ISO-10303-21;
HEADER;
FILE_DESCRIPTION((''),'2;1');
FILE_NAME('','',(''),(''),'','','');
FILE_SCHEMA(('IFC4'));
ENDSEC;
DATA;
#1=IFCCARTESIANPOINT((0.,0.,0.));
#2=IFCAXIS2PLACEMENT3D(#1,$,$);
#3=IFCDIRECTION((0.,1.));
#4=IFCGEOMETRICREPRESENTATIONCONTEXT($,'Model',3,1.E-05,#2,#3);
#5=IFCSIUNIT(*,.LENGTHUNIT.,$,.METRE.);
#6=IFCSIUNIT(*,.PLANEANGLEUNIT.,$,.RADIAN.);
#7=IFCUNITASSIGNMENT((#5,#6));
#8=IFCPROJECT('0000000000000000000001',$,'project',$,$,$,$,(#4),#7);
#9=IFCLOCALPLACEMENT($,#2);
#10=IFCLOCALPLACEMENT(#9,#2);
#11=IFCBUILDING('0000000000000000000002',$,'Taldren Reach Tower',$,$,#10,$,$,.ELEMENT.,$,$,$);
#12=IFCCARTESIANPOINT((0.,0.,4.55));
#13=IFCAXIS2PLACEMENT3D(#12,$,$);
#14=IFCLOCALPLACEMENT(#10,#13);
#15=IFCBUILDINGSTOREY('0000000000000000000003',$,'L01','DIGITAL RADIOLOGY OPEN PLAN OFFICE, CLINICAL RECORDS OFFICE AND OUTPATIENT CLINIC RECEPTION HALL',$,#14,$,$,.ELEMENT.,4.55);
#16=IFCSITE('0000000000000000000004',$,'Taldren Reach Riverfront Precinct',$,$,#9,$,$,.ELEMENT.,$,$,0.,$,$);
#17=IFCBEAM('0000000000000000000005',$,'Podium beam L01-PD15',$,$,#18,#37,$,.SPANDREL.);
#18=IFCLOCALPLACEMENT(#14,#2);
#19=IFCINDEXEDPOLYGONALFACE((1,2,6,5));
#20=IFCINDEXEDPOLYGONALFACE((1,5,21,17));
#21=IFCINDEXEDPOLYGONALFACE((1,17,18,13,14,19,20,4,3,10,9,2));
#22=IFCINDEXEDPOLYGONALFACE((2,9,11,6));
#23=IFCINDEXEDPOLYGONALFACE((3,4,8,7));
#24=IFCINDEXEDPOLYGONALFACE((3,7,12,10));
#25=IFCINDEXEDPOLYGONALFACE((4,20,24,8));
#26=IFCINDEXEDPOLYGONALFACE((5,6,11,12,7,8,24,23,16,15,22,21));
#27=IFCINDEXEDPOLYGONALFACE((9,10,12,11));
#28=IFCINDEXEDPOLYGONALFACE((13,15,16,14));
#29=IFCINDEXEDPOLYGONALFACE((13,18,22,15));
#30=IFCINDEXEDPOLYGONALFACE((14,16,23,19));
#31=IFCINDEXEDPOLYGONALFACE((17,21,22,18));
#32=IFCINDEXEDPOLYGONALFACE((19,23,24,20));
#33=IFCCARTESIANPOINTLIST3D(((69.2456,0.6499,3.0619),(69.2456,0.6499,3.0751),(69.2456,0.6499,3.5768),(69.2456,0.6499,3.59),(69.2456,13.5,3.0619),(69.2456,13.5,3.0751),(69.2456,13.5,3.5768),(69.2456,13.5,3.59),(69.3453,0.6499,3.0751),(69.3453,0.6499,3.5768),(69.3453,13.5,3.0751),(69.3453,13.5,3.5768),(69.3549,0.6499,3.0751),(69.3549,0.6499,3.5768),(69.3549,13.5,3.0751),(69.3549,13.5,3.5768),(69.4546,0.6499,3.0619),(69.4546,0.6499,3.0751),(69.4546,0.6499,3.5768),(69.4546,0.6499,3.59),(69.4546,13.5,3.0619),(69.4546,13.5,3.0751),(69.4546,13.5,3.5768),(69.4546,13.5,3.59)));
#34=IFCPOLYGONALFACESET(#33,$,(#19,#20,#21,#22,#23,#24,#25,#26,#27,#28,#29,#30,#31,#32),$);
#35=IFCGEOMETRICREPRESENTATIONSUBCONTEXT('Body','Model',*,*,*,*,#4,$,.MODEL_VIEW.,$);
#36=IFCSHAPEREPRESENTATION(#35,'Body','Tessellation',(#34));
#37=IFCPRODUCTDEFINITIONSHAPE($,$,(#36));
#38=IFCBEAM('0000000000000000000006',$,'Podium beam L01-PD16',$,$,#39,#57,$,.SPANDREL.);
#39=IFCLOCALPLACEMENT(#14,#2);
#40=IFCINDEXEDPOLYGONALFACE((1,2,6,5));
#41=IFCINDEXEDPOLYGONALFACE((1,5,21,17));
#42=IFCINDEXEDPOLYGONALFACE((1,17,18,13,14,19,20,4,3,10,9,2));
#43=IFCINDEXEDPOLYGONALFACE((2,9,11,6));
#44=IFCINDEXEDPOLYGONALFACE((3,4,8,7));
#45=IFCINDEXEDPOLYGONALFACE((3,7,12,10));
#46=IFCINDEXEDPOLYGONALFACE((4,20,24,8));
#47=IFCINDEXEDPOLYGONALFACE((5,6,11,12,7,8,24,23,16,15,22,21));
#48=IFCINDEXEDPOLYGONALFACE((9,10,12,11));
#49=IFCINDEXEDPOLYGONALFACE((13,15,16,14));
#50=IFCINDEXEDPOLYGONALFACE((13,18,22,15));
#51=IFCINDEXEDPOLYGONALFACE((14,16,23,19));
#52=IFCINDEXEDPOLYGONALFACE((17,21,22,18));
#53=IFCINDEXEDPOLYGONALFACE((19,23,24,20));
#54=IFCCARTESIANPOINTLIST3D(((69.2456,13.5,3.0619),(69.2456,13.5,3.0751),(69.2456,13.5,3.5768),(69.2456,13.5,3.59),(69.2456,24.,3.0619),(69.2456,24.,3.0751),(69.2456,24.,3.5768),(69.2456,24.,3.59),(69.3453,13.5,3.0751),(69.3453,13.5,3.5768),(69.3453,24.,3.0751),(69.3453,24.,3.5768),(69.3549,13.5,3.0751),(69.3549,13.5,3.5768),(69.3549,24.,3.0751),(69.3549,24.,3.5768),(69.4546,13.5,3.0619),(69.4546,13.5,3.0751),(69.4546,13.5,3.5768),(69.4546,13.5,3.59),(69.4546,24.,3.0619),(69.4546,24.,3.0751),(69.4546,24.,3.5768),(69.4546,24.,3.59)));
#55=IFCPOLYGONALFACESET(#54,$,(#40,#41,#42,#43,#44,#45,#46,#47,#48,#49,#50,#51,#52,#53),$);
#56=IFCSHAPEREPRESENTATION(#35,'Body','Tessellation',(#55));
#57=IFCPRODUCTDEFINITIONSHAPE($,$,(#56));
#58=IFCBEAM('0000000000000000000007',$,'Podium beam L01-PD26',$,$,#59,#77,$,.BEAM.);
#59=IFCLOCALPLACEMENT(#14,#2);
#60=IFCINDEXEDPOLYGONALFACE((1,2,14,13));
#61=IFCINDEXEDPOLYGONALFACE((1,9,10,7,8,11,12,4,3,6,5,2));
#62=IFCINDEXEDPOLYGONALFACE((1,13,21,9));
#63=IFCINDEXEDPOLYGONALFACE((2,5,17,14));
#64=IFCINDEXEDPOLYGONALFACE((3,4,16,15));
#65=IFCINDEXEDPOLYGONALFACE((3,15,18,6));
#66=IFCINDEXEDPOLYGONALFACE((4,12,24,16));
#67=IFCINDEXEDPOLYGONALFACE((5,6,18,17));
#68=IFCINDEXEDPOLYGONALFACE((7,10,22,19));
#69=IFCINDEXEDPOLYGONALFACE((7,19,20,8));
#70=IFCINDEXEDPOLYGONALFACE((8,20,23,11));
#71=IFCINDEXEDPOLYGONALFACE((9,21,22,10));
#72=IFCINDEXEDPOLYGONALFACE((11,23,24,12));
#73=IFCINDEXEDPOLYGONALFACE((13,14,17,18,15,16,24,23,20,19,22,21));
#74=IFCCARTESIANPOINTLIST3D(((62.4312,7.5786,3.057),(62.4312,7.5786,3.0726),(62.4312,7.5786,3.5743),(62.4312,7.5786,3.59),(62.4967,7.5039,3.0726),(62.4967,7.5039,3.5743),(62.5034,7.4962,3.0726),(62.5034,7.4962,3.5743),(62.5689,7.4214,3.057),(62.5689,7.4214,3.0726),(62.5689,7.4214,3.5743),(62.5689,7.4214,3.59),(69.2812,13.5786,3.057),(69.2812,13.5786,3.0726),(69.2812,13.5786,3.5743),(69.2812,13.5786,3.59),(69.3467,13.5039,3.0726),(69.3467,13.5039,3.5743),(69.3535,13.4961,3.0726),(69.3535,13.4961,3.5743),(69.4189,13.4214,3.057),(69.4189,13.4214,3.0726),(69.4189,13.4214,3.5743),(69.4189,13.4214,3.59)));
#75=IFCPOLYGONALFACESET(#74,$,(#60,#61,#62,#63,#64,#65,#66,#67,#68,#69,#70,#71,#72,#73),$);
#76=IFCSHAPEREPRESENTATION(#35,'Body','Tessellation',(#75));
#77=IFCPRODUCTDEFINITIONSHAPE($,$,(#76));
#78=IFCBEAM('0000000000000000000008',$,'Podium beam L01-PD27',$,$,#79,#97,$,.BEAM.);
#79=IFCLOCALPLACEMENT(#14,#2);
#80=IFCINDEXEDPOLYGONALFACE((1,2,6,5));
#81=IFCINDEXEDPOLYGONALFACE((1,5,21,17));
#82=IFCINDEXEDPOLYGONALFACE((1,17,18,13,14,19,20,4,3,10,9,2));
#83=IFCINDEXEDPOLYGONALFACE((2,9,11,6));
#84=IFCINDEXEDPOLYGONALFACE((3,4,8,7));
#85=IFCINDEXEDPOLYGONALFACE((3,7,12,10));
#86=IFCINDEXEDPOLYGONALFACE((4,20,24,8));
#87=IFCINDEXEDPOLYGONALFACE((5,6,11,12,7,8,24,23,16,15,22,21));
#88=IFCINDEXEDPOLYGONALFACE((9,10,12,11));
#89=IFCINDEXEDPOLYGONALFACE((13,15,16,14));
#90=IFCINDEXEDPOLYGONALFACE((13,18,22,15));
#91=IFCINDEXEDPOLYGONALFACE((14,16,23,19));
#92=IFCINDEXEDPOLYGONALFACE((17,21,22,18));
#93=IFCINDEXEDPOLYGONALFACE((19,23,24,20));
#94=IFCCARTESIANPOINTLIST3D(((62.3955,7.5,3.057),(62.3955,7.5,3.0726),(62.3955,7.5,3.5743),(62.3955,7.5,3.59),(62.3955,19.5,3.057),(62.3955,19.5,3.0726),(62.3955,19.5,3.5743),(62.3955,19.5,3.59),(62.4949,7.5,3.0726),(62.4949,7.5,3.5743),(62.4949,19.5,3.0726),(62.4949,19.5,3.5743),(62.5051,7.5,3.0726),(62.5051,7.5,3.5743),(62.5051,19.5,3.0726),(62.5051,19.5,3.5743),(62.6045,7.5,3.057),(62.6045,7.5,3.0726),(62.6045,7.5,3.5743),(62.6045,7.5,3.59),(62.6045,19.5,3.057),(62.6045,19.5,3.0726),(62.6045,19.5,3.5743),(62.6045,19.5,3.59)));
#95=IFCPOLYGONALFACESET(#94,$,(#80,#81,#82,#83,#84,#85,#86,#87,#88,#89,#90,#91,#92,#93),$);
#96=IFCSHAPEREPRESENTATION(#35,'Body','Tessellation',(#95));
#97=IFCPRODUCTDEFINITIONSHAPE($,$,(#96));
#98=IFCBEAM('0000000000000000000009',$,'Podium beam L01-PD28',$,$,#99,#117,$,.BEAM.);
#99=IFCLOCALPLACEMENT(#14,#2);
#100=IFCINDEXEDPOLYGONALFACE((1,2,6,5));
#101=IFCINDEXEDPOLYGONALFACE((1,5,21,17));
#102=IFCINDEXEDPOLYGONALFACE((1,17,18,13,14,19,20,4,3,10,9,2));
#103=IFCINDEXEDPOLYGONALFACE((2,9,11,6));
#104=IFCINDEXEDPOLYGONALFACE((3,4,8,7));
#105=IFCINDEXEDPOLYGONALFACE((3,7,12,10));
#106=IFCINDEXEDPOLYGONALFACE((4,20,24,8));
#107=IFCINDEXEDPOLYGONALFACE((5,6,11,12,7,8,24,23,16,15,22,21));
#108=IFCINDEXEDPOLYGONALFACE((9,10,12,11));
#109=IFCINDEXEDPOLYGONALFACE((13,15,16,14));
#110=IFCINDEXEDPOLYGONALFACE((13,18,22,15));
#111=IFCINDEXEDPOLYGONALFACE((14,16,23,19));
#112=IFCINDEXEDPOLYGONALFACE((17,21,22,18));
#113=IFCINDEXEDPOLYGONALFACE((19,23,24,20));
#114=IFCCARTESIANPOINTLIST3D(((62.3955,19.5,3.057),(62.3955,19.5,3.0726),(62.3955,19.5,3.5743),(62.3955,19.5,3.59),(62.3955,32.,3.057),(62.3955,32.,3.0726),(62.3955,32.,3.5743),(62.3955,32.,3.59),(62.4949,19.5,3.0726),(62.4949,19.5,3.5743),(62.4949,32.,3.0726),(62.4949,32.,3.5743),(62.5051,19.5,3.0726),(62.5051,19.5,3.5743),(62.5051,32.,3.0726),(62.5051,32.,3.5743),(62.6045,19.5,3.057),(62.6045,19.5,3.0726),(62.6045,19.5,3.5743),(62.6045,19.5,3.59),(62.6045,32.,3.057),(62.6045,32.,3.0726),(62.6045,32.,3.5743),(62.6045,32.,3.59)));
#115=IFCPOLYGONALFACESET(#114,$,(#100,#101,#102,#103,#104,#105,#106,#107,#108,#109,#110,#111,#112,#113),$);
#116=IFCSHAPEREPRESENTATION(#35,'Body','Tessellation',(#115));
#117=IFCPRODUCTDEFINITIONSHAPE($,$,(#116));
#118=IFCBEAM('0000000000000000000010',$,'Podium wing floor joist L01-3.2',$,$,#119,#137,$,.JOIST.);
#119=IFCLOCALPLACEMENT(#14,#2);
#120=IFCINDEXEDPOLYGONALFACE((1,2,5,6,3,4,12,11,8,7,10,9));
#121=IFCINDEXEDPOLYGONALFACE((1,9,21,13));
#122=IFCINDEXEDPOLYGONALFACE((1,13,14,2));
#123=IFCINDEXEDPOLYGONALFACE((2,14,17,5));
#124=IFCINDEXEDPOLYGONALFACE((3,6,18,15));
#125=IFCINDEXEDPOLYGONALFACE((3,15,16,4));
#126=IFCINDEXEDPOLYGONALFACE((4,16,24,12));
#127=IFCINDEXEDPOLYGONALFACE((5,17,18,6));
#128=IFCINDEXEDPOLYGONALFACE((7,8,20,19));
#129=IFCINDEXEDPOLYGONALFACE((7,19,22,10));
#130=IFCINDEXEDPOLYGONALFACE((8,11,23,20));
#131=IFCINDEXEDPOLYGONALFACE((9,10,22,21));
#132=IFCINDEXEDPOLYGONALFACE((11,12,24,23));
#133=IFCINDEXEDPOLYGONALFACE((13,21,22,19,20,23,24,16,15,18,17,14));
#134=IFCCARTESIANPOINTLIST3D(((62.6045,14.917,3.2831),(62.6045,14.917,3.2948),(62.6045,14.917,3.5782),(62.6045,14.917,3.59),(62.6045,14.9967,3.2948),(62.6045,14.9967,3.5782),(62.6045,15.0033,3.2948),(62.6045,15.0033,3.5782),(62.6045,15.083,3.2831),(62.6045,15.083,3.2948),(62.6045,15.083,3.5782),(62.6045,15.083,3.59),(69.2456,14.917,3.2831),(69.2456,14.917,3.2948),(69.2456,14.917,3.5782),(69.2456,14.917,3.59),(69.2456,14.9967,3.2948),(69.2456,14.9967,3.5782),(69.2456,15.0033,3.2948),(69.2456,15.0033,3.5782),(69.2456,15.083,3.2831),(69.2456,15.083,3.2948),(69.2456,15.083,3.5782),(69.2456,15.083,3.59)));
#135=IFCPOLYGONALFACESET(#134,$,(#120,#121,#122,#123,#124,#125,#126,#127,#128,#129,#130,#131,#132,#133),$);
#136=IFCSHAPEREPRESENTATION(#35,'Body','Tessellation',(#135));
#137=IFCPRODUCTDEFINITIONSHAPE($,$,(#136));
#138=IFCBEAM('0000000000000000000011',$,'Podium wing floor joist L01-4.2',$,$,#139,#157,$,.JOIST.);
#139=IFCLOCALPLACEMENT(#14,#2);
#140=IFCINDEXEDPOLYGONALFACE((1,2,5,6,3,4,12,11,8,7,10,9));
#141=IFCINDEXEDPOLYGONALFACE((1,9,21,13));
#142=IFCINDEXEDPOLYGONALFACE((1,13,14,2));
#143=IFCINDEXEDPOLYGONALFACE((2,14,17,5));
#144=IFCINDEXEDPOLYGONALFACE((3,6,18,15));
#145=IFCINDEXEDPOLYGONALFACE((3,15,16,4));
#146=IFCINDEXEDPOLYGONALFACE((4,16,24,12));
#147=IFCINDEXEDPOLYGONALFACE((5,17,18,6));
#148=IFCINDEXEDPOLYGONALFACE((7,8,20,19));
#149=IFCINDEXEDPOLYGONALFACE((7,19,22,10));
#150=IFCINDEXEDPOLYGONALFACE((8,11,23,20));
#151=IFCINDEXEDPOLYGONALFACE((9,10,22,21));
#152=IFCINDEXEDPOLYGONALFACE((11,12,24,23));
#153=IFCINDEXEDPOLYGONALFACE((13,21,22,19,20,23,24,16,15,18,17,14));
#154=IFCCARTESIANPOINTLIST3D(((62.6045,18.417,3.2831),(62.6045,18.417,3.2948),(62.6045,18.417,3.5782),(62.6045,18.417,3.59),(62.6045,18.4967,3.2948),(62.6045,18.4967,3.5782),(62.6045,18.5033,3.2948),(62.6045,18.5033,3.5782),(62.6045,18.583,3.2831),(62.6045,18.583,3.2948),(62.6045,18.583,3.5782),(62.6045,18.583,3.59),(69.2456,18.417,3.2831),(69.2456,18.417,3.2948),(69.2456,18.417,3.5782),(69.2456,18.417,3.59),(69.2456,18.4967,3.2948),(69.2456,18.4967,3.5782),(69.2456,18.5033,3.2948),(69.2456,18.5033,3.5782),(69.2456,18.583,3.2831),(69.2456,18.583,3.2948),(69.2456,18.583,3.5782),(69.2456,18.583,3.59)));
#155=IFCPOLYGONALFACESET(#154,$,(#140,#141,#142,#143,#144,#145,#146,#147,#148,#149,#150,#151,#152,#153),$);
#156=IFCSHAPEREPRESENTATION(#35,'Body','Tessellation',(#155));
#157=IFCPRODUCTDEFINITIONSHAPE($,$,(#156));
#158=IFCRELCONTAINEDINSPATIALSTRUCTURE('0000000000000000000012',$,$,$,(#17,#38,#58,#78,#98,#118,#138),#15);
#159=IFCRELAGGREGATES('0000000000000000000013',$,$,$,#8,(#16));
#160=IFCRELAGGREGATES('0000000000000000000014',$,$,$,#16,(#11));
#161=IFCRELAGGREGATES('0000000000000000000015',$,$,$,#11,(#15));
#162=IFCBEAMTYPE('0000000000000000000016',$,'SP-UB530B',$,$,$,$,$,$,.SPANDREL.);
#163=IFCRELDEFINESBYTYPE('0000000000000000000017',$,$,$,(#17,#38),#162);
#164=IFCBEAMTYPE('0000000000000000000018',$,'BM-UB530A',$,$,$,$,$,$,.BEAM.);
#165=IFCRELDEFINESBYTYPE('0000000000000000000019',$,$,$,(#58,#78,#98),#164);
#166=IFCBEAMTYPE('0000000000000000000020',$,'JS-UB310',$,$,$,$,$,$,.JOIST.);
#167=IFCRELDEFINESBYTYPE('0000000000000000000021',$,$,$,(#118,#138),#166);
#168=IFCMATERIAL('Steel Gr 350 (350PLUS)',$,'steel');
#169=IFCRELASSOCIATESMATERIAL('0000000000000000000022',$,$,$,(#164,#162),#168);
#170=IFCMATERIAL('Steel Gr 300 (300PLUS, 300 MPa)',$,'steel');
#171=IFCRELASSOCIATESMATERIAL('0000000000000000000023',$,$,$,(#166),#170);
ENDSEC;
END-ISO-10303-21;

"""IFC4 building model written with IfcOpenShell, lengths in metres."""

from ifc_helpers import new_model, si_unit, direction, frame, origin, origin_2d, place, context, subcontext, project, spatial, i_section, extrude, source, transform, mapped, material, material_profile, profile_set, type_object, element, save


model = new_model("IFC4")

# Units and contexts
model_context = context("Model", 3, precision=1e-05, world=origin(), true_north=direction((0.0, 1.0)))
body_context = subcontext(model_context, "Body", "Model", "MODEL_VIEW")
ifc_project = project(units=[si_unit("LENGTHUNIT", "METRE"), si_unit("PLANEANGLEUNIT", "RADIAN")], contexts=[model_context])

# Site, building, storey
site_placement = place(None, origin())
site = spatial("IfcSite", under=ifc_project, at=site_placement, Name="Taldren Reach Riverfront Precinct", CompositionType="ELEMENT", RefElevation=0.0)
building_placement = place(site_placement, origin())
building = spatial("IfcBuilding", under=site, at=building_placement, Name="Taldren Reach Tower", CompositionType="ELEMENT")
storey_placement = place(building_placement, frame((0.0, 0.0, 4.55)))
storey = spatial("IfcBuildingStorey", under=building, at=storey_placement, Name="L01", Description="DIGITAL RADIOLOGY OPEN PLAN OFFICE, CLINICAL RECORDS OFFICE AND OUTPATIENT CLINIC RECEPTION HALL", CompositionType="ELEMENT", Elevation=4.55)

# Shared definitions
ifc_material_1 = material(Name="Steel Gr 350 (350PLUS)", Category="steel")

# Beams
ifc_material_profile_1 = material_profile(ifc_material_1, i_section(OverallWidth=0.209, OverallDepth=0.533, WebThickness=0.0103, FlangeThickness=0.0156, at=origin_2d()), Name="530UB92.4")
ifc_profile_set_1 = profile_set([ifc_material_profile_1], Name="Steel Gr 350 (350PLUS)")
beam_type_1 = type_object("IfcBeamType", Name="BM-UB530A", PredefinedType="BEAM", material=ifc_profile_set_1)
ifc_material_profile_2 = material_profile(ifc_material_1, i_section(OverallWidth=0.209, OverallDepth=0.5281, WebThickness=0.0095, FlangeThickness=0.0132, at=origin_2d()), Name="530UB82.0")
ifc_profile_set_2 = profile_set([ifc_material_profile_2], Name="Steel Gr 350 (350PLUS)")
beam_type_2 = type_object("IfcBeamType", Name="SP-UB530B", PredefinedType="SPANDREL", material=ifc_profile_set_2)
shared_shape_1 = source(origin(), body_context, "Body", "SweptSolid", [
    extrude(i_section(OverallWidth=0.209, OverallDepth=0.5281, WebThickness=0.0095, FlangeThickness=0.0132, at=origin_2d()), origin(), (0.0, 0.0, 1.0), 12.8501),
])
beam_1_placement = place(storey_placement, frame((69.3501, 0.6499, 3.3259), z_axis=(0.0, 1.0, 0.0), x_axis=(-1.0, 0.0, 0.0)))
element("IfcBeam", 1, at=beam_1_placement, inside=storey, type_object=beam_type_2, Name="Podium beam L01-PD15", PredefinedType="SPANDREL", context=body_context, shape_type="MappedRepresentation", body=[
    mapped(shared_shape_1, transform((0.0, 0.0, 0.0), scale=1.0)),
])
shared_shape_2 = source(origin(), body_context, "Body", "SweptSolid", [
    extrude(i_section(OverallWidth=0.209, OverallDepth=0.5281, WebThickness=0.0095, FlangeThickness=0.0132, at=origin_2d()), origin(), (0.0, 0.0, 1.0), 10.5),
])
beam_2_placement = place(storey_placement, frame((69.3501, 13.5, 3.3259), z_axis=(0.0, 1.0, 0.0), x_axis=(-1.0, 0.0, 0.0)))
element("IfcBeam", 2, at=beam_2_placement, inside=storey, type_object=beam_type_2, Name="Podium beam L01-PD16", PredefinedType="SPANDREL", context=body_context, shape_type="MappedRepresentation", body=[
    mapped(shared_shape_2, transform((0.0, 0.0, 0.0), scale=1.0)),
])
shared_shape_3 = source(origin(), body_context, "Body", "SweptSolid", [
    extrude(i_section(OverallWidth=0.209, OverallDepth=0.533, WebThickness=0.0103, FlangeThickness=0.0156, at=origin_2d()), origin(), (0.0, 0.0, 1.0), 9.1062),
])
beam_3_placement = place(storey_placement, frame((69.3501, 13.5, 3.3235), z_axis=(-0.752241, -0.658888, 0.0), x_axis=(0.658888, -0.752241, 0.0)))
element("IfcBeam", 3, at=beam_3_placement, inside=storey, type_object=beam_type_1, Name="Podium beam L01-PD26", PredefinedType="BEAM", context=body_context, shape_type="MappedRepresentation", body=[
    mapped(shared_shape_3, transform((0.0, 0.0, 0.0), scale=1.0)),
])
shared_shape_4 = source(origin(), body_context, "Body", "SweptSolid", [
    extrude(i_section(OverallWidth=0.209, OverallDepth=0.533, WebThickness=0.0103, FlangeThickness=0.0156, at=origin_2d()), origin(), (0.0, 0.0, 1.0), 12.0),
])
beam_4_placement = place(storey_placement, frame((62.5, 7.5, 3.3235), z_axis=(0.0, 1.0, 0.0), x_axis=(-1.0, 0.0, 0.0)))
element("IfcBeam", 4, at=beam_4_placement, inside=storey, type_object=beam_type_1, Name="Podium beam L01-PD27", PredefinedType="BEAM", context=body_context, shape_type="MappedRepresentation", body=[
    mapped(shared_shape_4, transform((0.0, 0.0, 0.0), scale=1.0)),
])
shared_shape_5 = source(origin(), body_context, "Body", "SweptSolid", [
    extrude(i_section(OverallWidth=0.209, OverallDepth=0.533, WebThickness=0.0103, FlangeThickness=0.0156, at=origin_2d()), origin(), (0.0, 0.0, 1.0), 12.5),
])
beam_5_placement = place(storey_placement, frame((62.5, 19.5, 3.3235), z_axis=(0.0, 1.0, 0.0), x_axis=(-1.0, 0.0, 0.0)))
element("IfcBeam", 5, at=beam_5_placement, inside=storey, type_object=beam_type_1, Name="Podium beam L01-PD28", PredefinedType="BEAM", context=body_context, shape_type="MappedRepresentation", body=[
    mapped(shared_shape_5, transform((0.0, 0.0, 0.0), scale=1.0)),
])
ifc_material_2 = material(Name="Steel Gr 300 (300PLUS, 300 MPa)", Category="steel")
ifc_material_profile_3 = material_profile(ifc_material_2, i_section(OverallWidth=0.166, OverallDepth=0.3069, WebThickness=0.0066, FlangeThickness=0.0117, at=origin_2d()), Name="310UB46.2")
ifc_profile_set_3 = profile_set([ifc_material_profile_3], Name="Steel Gr 300 (300PLUS, 300 MPa)")
beam_type_3 = type_object("IfcBeamType", Name="JS-UB310", PredefinedType="JOIST", material=ifc_profile_set_3)
shared_shape_6 = source(origin(), body_context, "Body", "SweptSolid", [
    extrude(i_section(OverallWidth=0.166, OverallDepth=0.3069, WebThickness=0.0066, FlangeThickness=0.0117, at=origin_2d()), origin(), (0.0, 0.0, 1.0), 6.6411),
])
for number, where, z_axis, x_axis, name in (
    (6, (62.6045, 15.0, 3.4365), (1.0, 0.0, 0.0), (0.0, 1.0, 0.0), "Podium wing floor joist L01-3.2"),
    (7, (62.6045, 18.5, 3.4365), (1.0, 0.0, 0.0), (0.0, 1.0, 0.0), "Podium wing floor joist L01-4.2"),
):
    element("IfcBeam", number, at=place(storey_placement, frame(where, z_axis=z_axis, x_axis=x_axis)), inside=storey, type_object=beam_type_3, Name=name, PredefinedType="JOIST", context=body_context, shape_type="MappedRepresentation", body=[
        mapped(shared_shape_6, transform((0.0, 0.0, 0.0), scale=1.0)),
    ])

save(model, "model.ifc")
